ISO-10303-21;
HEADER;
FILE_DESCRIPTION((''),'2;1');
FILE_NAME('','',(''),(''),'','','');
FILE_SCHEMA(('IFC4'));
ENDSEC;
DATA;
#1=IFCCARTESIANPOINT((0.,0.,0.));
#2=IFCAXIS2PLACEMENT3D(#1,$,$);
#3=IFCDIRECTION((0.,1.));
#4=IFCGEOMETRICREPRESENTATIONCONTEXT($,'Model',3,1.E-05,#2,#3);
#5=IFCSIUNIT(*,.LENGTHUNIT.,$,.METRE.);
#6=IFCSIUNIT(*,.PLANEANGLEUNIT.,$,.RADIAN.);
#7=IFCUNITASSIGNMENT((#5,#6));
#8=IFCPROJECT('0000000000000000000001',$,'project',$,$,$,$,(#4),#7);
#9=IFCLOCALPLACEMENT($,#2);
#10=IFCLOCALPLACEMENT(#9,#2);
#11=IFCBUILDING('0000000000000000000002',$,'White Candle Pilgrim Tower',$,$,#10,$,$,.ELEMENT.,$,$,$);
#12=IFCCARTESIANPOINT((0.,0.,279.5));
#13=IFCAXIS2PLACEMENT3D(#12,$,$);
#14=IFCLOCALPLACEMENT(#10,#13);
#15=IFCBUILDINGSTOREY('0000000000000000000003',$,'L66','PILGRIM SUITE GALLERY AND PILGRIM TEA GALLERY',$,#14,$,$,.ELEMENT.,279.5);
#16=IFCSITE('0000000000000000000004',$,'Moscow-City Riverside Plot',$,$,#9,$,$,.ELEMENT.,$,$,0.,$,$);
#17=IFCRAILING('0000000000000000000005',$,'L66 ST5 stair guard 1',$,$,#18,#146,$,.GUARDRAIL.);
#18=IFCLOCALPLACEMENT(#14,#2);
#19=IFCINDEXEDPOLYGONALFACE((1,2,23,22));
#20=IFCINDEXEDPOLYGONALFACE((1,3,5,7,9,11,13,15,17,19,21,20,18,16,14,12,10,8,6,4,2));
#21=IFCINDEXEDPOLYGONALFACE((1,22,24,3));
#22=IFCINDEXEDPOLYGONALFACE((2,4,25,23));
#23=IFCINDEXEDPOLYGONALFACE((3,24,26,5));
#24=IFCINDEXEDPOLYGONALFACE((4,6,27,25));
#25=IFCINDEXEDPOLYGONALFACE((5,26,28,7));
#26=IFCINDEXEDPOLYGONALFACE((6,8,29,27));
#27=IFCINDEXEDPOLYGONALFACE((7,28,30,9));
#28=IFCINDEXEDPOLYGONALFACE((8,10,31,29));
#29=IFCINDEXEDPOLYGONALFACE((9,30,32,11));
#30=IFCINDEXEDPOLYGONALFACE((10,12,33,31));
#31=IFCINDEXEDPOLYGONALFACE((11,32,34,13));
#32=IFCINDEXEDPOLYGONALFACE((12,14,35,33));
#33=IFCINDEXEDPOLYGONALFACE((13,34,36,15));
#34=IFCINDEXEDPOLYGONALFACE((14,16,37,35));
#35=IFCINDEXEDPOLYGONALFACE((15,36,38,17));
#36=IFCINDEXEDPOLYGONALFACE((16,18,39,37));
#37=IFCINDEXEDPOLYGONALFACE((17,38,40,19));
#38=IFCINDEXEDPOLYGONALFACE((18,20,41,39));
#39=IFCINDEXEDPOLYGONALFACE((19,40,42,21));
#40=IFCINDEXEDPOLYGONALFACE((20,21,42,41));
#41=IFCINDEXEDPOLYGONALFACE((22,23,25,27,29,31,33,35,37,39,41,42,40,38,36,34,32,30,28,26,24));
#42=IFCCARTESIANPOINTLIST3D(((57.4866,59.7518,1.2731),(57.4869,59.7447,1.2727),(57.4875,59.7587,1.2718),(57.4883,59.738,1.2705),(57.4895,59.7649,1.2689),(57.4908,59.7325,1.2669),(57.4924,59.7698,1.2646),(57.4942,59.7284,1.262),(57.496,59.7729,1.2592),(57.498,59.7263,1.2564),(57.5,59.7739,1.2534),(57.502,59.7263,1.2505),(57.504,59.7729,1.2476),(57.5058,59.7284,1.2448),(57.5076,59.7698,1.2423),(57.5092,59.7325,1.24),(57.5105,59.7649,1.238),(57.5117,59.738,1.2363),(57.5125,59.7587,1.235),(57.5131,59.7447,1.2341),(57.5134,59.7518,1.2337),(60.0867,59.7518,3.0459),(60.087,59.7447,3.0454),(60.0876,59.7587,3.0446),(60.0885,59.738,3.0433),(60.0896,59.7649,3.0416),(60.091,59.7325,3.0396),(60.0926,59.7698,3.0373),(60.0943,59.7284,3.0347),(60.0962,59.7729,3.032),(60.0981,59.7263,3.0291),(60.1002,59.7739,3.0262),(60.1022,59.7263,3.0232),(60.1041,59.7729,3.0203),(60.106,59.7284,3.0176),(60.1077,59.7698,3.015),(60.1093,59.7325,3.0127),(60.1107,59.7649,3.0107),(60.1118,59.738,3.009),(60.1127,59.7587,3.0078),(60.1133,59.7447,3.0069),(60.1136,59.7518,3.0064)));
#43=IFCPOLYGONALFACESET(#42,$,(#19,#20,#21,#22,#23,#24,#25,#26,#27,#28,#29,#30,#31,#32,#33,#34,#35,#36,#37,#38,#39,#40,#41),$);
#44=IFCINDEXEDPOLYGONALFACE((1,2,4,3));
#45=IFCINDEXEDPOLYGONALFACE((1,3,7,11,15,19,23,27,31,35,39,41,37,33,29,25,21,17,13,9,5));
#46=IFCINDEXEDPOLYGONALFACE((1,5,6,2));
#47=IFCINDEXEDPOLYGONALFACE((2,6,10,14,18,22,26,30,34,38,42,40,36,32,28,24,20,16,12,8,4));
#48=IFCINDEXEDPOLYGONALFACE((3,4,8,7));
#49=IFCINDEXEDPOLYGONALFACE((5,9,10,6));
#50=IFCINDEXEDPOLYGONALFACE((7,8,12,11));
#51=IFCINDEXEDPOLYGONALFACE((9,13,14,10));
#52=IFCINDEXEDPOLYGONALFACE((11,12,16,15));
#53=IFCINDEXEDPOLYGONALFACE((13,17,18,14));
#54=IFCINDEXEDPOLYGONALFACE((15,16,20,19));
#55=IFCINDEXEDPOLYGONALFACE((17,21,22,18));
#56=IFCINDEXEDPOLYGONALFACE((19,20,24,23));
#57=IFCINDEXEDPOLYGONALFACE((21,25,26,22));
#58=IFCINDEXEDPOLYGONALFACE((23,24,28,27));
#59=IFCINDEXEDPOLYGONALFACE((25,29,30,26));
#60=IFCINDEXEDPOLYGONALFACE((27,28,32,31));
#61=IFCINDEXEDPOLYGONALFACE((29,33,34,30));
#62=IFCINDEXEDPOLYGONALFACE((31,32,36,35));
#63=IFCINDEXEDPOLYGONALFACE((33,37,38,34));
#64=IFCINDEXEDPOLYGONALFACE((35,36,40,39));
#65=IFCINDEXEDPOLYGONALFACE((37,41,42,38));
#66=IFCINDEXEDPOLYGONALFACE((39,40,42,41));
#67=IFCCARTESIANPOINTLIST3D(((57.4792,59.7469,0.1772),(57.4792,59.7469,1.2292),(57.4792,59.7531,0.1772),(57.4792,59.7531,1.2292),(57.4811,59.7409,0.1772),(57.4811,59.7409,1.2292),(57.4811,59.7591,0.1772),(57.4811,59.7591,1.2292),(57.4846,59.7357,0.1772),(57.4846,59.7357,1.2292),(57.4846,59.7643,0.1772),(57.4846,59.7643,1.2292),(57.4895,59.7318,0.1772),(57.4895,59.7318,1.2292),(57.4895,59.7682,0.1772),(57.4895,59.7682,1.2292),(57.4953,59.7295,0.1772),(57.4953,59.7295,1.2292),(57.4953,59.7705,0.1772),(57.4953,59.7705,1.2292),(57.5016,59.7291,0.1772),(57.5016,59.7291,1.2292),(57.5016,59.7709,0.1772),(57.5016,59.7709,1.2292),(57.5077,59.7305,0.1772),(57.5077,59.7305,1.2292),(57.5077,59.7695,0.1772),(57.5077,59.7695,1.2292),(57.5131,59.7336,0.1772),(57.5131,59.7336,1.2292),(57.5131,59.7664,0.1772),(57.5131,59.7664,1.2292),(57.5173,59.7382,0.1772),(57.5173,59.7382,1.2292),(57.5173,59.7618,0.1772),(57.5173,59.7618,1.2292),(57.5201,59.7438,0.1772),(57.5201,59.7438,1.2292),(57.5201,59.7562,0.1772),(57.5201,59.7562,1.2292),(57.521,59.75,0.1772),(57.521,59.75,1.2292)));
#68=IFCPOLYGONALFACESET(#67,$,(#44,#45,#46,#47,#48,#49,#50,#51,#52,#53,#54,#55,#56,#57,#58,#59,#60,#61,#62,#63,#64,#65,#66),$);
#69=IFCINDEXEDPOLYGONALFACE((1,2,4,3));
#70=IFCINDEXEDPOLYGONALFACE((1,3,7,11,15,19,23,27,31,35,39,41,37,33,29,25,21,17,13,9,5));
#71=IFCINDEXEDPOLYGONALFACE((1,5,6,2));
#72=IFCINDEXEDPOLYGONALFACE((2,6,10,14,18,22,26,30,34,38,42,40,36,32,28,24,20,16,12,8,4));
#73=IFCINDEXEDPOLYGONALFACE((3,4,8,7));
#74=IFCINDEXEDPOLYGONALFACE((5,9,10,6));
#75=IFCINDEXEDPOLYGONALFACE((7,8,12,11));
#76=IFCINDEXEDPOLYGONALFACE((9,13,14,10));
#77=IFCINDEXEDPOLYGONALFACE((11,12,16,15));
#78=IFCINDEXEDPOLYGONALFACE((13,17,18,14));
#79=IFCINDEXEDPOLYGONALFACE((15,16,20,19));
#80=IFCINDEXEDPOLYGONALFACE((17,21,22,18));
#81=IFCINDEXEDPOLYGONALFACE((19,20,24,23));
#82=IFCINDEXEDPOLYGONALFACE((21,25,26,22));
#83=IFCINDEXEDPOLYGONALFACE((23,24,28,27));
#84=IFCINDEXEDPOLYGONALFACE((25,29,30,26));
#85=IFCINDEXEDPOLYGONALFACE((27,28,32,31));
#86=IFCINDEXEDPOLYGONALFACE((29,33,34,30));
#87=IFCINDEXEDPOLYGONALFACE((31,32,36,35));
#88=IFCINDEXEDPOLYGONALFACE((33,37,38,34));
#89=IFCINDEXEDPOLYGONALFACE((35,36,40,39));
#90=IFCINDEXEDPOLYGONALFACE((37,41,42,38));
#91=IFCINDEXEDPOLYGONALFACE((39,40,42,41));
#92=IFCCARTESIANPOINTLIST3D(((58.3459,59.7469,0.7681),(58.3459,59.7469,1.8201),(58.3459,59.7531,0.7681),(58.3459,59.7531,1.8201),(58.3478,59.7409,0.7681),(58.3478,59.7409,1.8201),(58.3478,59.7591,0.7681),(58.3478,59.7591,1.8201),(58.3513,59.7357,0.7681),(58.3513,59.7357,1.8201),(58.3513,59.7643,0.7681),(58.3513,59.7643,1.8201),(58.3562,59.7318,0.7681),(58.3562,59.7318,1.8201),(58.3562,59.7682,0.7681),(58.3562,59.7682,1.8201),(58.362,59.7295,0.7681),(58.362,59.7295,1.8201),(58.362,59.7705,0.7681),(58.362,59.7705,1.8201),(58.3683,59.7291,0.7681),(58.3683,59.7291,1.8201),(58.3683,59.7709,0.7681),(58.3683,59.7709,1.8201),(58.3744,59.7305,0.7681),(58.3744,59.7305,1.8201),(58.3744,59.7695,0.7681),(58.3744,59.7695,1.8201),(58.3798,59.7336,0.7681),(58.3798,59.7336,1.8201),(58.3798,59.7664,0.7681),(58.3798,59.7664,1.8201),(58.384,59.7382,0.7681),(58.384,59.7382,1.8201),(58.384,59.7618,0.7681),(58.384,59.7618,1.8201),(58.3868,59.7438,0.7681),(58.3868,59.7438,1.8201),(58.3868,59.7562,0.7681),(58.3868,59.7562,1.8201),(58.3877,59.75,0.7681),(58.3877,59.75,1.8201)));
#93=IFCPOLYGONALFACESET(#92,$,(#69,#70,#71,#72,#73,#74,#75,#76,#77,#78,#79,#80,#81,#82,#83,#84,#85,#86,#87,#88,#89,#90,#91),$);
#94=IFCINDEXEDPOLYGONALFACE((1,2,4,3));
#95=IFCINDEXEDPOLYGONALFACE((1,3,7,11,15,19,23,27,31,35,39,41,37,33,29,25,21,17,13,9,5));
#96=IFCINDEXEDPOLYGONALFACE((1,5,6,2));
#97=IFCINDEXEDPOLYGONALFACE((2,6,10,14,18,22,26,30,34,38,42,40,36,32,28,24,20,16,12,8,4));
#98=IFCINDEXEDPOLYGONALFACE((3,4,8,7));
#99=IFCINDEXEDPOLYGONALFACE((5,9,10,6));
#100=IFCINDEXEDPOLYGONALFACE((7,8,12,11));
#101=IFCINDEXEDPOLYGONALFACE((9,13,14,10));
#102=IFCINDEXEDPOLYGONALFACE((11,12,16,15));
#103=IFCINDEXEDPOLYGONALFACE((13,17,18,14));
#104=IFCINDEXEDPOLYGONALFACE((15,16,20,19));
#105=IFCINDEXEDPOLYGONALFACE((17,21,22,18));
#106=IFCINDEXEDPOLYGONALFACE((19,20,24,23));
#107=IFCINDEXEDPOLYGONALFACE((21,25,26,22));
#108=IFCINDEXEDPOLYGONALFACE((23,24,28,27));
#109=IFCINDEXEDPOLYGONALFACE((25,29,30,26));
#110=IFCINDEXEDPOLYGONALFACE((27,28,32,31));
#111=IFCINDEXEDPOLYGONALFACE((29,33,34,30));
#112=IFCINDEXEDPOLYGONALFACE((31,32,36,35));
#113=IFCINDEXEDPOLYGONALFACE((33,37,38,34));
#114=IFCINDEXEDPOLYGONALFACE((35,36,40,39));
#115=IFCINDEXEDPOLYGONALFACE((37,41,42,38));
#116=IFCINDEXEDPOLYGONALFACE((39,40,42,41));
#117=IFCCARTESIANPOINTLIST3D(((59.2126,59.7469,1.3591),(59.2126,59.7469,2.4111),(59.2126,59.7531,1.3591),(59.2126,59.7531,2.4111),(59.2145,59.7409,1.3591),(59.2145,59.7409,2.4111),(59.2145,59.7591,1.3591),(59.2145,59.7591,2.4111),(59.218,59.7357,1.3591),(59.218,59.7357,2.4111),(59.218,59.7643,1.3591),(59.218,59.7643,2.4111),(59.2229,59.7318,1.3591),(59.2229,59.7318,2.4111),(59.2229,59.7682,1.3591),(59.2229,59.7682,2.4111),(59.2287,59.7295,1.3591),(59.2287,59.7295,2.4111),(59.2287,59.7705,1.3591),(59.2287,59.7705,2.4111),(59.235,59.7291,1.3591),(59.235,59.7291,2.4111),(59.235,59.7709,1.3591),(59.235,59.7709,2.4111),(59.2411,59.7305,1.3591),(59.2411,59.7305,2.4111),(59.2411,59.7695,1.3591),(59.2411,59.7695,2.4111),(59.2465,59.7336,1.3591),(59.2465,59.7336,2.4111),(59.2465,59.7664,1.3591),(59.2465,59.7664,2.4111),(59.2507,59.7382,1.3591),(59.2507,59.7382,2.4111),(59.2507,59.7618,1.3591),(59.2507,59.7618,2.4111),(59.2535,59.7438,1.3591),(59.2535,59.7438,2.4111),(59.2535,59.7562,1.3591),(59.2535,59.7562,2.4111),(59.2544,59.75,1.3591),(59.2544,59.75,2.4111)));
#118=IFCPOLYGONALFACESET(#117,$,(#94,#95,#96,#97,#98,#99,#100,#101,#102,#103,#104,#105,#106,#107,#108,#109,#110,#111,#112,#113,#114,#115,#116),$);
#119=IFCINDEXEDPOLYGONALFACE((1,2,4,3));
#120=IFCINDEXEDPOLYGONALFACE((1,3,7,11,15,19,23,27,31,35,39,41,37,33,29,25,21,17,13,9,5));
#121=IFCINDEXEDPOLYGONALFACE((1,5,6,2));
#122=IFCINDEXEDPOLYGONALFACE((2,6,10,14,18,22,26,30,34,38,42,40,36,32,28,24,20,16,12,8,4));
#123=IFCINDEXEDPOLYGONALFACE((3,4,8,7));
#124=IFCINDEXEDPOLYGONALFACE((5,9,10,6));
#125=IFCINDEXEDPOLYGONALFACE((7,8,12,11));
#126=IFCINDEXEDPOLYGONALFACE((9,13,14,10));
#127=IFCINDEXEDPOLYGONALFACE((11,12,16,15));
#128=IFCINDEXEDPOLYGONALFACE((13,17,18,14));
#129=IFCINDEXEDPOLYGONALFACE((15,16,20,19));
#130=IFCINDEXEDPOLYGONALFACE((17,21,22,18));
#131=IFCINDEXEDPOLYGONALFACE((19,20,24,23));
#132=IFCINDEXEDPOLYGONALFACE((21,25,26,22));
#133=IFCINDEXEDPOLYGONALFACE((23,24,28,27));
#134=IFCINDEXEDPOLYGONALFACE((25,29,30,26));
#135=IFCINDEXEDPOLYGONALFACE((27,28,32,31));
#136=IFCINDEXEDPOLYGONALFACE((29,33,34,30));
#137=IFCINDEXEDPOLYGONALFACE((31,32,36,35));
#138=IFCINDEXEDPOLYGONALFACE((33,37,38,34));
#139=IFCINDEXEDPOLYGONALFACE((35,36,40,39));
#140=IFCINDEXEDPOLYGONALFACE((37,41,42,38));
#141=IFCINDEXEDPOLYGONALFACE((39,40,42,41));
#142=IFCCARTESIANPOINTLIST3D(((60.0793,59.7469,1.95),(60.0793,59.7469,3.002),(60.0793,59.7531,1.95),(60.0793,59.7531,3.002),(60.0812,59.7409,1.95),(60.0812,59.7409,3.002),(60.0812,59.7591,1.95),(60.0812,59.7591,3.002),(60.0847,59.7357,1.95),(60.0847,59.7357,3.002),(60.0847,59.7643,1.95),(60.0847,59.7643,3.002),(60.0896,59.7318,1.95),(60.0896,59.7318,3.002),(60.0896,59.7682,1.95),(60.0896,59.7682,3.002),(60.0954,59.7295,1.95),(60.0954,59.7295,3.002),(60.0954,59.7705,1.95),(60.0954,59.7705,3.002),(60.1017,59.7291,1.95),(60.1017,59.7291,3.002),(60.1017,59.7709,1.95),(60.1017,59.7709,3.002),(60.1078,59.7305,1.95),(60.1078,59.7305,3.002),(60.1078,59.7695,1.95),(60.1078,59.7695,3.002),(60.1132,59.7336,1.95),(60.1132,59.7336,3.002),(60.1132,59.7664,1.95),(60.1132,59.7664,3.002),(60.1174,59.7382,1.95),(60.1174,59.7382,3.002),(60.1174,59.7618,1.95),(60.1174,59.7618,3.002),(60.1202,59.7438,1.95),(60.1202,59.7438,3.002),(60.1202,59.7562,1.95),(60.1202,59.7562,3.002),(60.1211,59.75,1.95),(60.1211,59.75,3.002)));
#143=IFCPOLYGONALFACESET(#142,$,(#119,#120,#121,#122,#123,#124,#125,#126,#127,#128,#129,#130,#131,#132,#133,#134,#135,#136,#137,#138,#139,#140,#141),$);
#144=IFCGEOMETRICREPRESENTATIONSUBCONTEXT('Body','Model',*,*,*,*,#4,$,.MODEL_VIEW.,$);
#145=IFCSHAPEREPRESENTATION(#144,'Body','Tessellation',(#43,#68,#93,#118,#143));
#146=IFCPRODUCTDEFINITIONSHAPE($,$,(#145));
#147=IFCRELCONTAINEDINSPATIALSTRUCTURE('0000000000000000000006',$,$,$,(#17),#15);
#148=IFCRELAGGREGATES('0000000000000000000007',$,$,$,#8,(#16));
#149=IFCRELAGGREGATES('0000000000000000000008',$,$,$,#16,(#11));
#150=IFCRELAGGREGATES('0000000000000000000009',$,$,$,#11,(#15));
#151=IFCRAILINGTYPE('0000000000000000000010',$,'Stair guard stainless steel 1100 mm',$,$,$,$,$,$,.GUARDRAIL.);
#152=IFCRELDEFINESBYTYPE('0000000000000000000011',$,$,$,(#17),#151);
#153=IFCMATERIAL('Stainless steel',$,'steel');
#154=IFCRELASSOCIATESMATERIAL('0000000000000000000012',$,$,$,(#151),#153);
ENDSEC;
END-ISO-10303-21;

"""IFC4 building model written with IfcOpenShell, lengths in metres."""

from ifc_helpers import new_model, si_unit, direction, frame, origin, origin_2d, place, context, subcontext, project, spatial, circle, extrude, material, type_object, element, save


model = new_model("IFC4")

# Units and contexts
model_context = context("Model", 3, precision=1e-05, world=origin(), true_north=direction((0.0, 1.0)))
body_context = subcontext(model_context, "Body", "Model", "MODEL_VIEW")
ifc_project = project(units=[si_unit("LENGTHUNIT", "METRE"), si_unit("PLANEANGLEUNIT", "RADIAN")], contexts=[model_context])

# Site, building, storey
site_placement = place(None, origin())
site = spatial("IfcSite", under=ifc_project, at=site_placement, Name="Moscow-City Riverside Plot", CompositionType="ELEMENT", RefElevation=0.0)
building_placement = place(site_placement, origin())
building = spatial("IfcBuilding", under=site, at=building_placement, Name="White Candle Pilgrim Tower", CompositionType="ELEMENT")
storey_placement = place(building_placement, frame((0.0, 0.0, 279.5)))
storey = spatial("IfcBuildingStorey", under=building, at=storey_placement, Name="L66", Description="PILGRIM SUITE GALLERY AND PILGRIM TEA GALLERY", CompositionType="ELEMENT", Elevation=279.5)

# Railing
ifc_material_1 = material(Name="Stainless steel", Category="steel")
railing_type_1 = type_object("IfcRailingType", Name="Stair guard stainless steel 1100 mm", PredefinedType="GUARDRAIL", material=ifc_material_1)
railing_1_placement = place(storey_placement, frame((57.5, 59.75, 0.1772)))
element("IfcRailing", 1, at=railing_1_placement, inside=storey, type_object=railing_type_1, Name="L66 ST5 stair guard 1", PredefinedType="GUARDRAIL", context=body_context, shape_type="SweptSolid", body=[
    extrude(circle(Radius=0.0239, at=origin_2d()), frame((0.0, 0.0, 1.0762), z_axis=(0.82624, 0.0, 0.563318), x_axis=(0.0, 1.0, 0.0)), (0.0, 0.0, 1.0), 3.147),
    extrude(circle(Radius=0.021, at=origin_2d()), origin(), (0.0, 0.0, 1.0), 1.052),
    extrude(circle(Radius=0.021, at=origin_2d()), frame((0.8667, 0.0, 0.5908)), (0.0, 0.0, 1.0), 1.052),
    extrude(circle(Radius=0.021, at=origin_2d()), frame((1.7334, 0.0, 1.1819)), (0.0, 0.0, 1.0), 1.052),
    extrude(circle(Radius=0.021, at=origin_2d()), frame((2.6001, 0.0, 1.7727)), (0.0, 0.0, 1.0), 1.052),
])

save(model, "model.ifc")
